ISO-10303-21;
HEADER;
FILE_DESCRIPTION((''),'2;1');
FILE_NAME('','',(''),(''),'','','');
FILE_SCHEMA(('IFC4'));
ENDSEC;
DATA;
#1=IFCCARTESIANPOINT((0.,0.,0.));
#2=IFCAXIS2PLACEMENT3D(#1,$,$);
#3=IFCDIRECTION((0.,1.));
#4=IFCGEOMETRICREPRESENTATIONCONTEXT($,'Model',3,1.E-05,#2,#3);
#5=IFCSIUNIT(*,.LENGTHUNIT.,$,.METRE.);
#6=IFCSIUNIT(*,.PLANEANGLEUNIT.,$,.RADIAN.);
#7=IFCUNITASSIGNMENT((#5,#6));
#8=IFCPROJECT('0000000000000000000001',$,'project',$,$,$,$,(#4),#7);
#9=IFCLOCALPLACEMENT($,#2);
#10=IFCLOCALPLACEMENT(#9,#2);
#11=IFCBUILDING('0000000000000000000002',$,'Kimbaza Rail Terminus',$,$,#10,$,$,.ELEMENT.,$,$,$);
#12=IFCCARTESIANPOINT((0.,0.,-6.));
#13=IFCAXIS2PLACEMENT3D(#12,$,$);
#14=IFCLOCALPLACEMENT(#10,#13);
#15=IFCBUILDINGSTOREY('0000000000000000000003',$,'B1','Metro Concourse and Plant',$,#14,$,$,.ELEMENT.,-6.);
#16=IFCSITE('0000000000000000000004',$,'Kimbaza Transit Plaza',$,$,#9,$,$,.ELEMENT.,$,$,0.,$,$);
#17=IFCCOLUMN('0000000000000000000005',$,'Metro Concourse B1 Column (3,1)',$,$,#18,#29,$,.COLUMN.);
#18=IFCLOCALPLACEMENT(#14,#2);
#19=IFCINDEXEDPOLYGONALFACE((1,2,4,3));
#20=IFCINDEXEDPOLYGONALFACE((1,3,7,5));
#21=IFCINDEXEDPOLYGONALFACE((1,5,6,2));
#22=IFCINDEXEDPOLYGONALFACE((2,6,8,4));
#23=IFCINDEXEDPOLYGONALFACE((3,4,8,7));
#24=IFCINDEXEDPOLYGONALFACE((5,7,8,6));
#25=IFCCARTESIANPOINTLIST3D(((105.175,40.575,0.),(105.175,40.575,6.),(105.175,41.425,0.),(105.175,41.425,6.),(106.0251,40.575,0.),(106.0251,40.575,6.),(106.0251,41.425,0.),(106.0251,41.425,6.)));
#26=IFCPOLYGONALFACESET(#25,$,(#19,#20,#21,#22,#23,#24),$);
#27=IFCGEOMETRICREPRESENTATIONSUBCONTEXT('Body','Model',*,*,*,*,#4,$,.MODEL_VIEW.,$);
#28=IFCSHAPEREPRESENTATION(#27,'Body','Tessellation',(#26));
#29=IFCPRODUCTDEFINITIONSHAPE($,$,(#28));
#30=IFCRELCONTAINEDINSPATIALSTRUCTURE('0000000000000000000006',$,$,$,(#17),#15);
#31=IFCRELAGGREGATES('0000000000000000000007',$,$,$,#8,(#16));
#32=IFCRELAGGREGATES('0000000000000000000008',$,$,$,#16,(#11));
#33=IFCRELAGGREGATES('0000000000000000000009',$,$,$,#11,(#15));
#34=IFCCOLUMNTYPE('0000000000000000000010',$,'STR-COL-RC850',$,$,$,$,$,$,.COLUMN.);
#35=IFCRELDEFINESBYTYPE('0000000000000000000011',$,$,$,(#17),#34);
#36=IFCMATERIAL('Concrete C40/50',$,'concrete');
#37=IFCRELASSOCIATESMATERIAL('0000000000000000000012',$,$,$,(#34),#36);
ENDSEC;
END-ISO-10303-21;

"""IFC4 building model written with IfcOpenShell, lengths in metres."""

from ifc_helpers import new_model, si_unit, direction, frame, origin, origin_2d, place, context, subcontext, project, spatial, rectangle, extrude, material, material_profile, profile_set, type_object, element, save


model = new_model("IFC4")

# Units and contexts
model_context = context("Model", 3, precision=1e-05, world=origin(), true_north=direction((0.0, 1.0)))
body_context = subcontext(model_context, "Body", "Model", "MODEL_VIEW")
ifc_project = project(units=[si_unit("LENGTHUNIT", "METRE"), si_unit("PLANEANGLEUNIT", "RADIAN")], contexts=[model_context])

# Site, building, storey
site_placement = place(None, origin())
site = spatial("IfcSite", under=ifc_project, at=site_placement, Name="Kimbaza Transit Plaza", CompositionType="ELEMENT", RefElevation=0.0)
building_placement = place(site_placement, origin())
building = spatial("IfcBuilding", under=site, at=building_placement, Name="Kimbaza Rail Terminus", CompositionType="ELEMENT")
storey_placement = place(building_placement, frame((0.0, 0.0, -6.0)))
storey = spatial("IfcBuildingStorey", under=building, at=storey_placement, Name="B1", Description="Metro Concourse and Plant", CompositionType="ELEMENT", Elevation=-6.0)

# Column
ifc_material_1 = material(Name="Concrete C40/50", Category="concrete")
ifc_material_profile_1 = material_profile(ifc_material_1, rectangle(XDim=0.8501, YDim=0.8501, at=origin_2d()), Name="RC 850x850")
ifc_profile_set_1 = profile_set([ifc_material_profile_1], Name="Concrete C40/50")
column_type_1 = type_object("IfcColumnType", Name="STR-COL-RC850", PredefinedType="COLUMN", material=ifc_profile_set_1)
column_1_placement = place(storey_placement, frame((105.6001, 41.0, 0.0), z_axis=(0.0, 0.0, 1.0), x_axis=(1.0, 0.0, 0.0)))
element("IfcColumn", 1, at=column_1_placement, inside=storey, type_object=column_type_1, Name="Metro Concourse B1 Column (3,1)", PredefinedType="COLUMN", context=body_context, shape_type="SweptSolid", body=[
    extrude(rectangle(XDim=0.8501, YDim=0.8501, at=origin_2d()), origin(), (0.0, 0.0, 1.0), 6.0),
])

save(model, "model.ifc")
